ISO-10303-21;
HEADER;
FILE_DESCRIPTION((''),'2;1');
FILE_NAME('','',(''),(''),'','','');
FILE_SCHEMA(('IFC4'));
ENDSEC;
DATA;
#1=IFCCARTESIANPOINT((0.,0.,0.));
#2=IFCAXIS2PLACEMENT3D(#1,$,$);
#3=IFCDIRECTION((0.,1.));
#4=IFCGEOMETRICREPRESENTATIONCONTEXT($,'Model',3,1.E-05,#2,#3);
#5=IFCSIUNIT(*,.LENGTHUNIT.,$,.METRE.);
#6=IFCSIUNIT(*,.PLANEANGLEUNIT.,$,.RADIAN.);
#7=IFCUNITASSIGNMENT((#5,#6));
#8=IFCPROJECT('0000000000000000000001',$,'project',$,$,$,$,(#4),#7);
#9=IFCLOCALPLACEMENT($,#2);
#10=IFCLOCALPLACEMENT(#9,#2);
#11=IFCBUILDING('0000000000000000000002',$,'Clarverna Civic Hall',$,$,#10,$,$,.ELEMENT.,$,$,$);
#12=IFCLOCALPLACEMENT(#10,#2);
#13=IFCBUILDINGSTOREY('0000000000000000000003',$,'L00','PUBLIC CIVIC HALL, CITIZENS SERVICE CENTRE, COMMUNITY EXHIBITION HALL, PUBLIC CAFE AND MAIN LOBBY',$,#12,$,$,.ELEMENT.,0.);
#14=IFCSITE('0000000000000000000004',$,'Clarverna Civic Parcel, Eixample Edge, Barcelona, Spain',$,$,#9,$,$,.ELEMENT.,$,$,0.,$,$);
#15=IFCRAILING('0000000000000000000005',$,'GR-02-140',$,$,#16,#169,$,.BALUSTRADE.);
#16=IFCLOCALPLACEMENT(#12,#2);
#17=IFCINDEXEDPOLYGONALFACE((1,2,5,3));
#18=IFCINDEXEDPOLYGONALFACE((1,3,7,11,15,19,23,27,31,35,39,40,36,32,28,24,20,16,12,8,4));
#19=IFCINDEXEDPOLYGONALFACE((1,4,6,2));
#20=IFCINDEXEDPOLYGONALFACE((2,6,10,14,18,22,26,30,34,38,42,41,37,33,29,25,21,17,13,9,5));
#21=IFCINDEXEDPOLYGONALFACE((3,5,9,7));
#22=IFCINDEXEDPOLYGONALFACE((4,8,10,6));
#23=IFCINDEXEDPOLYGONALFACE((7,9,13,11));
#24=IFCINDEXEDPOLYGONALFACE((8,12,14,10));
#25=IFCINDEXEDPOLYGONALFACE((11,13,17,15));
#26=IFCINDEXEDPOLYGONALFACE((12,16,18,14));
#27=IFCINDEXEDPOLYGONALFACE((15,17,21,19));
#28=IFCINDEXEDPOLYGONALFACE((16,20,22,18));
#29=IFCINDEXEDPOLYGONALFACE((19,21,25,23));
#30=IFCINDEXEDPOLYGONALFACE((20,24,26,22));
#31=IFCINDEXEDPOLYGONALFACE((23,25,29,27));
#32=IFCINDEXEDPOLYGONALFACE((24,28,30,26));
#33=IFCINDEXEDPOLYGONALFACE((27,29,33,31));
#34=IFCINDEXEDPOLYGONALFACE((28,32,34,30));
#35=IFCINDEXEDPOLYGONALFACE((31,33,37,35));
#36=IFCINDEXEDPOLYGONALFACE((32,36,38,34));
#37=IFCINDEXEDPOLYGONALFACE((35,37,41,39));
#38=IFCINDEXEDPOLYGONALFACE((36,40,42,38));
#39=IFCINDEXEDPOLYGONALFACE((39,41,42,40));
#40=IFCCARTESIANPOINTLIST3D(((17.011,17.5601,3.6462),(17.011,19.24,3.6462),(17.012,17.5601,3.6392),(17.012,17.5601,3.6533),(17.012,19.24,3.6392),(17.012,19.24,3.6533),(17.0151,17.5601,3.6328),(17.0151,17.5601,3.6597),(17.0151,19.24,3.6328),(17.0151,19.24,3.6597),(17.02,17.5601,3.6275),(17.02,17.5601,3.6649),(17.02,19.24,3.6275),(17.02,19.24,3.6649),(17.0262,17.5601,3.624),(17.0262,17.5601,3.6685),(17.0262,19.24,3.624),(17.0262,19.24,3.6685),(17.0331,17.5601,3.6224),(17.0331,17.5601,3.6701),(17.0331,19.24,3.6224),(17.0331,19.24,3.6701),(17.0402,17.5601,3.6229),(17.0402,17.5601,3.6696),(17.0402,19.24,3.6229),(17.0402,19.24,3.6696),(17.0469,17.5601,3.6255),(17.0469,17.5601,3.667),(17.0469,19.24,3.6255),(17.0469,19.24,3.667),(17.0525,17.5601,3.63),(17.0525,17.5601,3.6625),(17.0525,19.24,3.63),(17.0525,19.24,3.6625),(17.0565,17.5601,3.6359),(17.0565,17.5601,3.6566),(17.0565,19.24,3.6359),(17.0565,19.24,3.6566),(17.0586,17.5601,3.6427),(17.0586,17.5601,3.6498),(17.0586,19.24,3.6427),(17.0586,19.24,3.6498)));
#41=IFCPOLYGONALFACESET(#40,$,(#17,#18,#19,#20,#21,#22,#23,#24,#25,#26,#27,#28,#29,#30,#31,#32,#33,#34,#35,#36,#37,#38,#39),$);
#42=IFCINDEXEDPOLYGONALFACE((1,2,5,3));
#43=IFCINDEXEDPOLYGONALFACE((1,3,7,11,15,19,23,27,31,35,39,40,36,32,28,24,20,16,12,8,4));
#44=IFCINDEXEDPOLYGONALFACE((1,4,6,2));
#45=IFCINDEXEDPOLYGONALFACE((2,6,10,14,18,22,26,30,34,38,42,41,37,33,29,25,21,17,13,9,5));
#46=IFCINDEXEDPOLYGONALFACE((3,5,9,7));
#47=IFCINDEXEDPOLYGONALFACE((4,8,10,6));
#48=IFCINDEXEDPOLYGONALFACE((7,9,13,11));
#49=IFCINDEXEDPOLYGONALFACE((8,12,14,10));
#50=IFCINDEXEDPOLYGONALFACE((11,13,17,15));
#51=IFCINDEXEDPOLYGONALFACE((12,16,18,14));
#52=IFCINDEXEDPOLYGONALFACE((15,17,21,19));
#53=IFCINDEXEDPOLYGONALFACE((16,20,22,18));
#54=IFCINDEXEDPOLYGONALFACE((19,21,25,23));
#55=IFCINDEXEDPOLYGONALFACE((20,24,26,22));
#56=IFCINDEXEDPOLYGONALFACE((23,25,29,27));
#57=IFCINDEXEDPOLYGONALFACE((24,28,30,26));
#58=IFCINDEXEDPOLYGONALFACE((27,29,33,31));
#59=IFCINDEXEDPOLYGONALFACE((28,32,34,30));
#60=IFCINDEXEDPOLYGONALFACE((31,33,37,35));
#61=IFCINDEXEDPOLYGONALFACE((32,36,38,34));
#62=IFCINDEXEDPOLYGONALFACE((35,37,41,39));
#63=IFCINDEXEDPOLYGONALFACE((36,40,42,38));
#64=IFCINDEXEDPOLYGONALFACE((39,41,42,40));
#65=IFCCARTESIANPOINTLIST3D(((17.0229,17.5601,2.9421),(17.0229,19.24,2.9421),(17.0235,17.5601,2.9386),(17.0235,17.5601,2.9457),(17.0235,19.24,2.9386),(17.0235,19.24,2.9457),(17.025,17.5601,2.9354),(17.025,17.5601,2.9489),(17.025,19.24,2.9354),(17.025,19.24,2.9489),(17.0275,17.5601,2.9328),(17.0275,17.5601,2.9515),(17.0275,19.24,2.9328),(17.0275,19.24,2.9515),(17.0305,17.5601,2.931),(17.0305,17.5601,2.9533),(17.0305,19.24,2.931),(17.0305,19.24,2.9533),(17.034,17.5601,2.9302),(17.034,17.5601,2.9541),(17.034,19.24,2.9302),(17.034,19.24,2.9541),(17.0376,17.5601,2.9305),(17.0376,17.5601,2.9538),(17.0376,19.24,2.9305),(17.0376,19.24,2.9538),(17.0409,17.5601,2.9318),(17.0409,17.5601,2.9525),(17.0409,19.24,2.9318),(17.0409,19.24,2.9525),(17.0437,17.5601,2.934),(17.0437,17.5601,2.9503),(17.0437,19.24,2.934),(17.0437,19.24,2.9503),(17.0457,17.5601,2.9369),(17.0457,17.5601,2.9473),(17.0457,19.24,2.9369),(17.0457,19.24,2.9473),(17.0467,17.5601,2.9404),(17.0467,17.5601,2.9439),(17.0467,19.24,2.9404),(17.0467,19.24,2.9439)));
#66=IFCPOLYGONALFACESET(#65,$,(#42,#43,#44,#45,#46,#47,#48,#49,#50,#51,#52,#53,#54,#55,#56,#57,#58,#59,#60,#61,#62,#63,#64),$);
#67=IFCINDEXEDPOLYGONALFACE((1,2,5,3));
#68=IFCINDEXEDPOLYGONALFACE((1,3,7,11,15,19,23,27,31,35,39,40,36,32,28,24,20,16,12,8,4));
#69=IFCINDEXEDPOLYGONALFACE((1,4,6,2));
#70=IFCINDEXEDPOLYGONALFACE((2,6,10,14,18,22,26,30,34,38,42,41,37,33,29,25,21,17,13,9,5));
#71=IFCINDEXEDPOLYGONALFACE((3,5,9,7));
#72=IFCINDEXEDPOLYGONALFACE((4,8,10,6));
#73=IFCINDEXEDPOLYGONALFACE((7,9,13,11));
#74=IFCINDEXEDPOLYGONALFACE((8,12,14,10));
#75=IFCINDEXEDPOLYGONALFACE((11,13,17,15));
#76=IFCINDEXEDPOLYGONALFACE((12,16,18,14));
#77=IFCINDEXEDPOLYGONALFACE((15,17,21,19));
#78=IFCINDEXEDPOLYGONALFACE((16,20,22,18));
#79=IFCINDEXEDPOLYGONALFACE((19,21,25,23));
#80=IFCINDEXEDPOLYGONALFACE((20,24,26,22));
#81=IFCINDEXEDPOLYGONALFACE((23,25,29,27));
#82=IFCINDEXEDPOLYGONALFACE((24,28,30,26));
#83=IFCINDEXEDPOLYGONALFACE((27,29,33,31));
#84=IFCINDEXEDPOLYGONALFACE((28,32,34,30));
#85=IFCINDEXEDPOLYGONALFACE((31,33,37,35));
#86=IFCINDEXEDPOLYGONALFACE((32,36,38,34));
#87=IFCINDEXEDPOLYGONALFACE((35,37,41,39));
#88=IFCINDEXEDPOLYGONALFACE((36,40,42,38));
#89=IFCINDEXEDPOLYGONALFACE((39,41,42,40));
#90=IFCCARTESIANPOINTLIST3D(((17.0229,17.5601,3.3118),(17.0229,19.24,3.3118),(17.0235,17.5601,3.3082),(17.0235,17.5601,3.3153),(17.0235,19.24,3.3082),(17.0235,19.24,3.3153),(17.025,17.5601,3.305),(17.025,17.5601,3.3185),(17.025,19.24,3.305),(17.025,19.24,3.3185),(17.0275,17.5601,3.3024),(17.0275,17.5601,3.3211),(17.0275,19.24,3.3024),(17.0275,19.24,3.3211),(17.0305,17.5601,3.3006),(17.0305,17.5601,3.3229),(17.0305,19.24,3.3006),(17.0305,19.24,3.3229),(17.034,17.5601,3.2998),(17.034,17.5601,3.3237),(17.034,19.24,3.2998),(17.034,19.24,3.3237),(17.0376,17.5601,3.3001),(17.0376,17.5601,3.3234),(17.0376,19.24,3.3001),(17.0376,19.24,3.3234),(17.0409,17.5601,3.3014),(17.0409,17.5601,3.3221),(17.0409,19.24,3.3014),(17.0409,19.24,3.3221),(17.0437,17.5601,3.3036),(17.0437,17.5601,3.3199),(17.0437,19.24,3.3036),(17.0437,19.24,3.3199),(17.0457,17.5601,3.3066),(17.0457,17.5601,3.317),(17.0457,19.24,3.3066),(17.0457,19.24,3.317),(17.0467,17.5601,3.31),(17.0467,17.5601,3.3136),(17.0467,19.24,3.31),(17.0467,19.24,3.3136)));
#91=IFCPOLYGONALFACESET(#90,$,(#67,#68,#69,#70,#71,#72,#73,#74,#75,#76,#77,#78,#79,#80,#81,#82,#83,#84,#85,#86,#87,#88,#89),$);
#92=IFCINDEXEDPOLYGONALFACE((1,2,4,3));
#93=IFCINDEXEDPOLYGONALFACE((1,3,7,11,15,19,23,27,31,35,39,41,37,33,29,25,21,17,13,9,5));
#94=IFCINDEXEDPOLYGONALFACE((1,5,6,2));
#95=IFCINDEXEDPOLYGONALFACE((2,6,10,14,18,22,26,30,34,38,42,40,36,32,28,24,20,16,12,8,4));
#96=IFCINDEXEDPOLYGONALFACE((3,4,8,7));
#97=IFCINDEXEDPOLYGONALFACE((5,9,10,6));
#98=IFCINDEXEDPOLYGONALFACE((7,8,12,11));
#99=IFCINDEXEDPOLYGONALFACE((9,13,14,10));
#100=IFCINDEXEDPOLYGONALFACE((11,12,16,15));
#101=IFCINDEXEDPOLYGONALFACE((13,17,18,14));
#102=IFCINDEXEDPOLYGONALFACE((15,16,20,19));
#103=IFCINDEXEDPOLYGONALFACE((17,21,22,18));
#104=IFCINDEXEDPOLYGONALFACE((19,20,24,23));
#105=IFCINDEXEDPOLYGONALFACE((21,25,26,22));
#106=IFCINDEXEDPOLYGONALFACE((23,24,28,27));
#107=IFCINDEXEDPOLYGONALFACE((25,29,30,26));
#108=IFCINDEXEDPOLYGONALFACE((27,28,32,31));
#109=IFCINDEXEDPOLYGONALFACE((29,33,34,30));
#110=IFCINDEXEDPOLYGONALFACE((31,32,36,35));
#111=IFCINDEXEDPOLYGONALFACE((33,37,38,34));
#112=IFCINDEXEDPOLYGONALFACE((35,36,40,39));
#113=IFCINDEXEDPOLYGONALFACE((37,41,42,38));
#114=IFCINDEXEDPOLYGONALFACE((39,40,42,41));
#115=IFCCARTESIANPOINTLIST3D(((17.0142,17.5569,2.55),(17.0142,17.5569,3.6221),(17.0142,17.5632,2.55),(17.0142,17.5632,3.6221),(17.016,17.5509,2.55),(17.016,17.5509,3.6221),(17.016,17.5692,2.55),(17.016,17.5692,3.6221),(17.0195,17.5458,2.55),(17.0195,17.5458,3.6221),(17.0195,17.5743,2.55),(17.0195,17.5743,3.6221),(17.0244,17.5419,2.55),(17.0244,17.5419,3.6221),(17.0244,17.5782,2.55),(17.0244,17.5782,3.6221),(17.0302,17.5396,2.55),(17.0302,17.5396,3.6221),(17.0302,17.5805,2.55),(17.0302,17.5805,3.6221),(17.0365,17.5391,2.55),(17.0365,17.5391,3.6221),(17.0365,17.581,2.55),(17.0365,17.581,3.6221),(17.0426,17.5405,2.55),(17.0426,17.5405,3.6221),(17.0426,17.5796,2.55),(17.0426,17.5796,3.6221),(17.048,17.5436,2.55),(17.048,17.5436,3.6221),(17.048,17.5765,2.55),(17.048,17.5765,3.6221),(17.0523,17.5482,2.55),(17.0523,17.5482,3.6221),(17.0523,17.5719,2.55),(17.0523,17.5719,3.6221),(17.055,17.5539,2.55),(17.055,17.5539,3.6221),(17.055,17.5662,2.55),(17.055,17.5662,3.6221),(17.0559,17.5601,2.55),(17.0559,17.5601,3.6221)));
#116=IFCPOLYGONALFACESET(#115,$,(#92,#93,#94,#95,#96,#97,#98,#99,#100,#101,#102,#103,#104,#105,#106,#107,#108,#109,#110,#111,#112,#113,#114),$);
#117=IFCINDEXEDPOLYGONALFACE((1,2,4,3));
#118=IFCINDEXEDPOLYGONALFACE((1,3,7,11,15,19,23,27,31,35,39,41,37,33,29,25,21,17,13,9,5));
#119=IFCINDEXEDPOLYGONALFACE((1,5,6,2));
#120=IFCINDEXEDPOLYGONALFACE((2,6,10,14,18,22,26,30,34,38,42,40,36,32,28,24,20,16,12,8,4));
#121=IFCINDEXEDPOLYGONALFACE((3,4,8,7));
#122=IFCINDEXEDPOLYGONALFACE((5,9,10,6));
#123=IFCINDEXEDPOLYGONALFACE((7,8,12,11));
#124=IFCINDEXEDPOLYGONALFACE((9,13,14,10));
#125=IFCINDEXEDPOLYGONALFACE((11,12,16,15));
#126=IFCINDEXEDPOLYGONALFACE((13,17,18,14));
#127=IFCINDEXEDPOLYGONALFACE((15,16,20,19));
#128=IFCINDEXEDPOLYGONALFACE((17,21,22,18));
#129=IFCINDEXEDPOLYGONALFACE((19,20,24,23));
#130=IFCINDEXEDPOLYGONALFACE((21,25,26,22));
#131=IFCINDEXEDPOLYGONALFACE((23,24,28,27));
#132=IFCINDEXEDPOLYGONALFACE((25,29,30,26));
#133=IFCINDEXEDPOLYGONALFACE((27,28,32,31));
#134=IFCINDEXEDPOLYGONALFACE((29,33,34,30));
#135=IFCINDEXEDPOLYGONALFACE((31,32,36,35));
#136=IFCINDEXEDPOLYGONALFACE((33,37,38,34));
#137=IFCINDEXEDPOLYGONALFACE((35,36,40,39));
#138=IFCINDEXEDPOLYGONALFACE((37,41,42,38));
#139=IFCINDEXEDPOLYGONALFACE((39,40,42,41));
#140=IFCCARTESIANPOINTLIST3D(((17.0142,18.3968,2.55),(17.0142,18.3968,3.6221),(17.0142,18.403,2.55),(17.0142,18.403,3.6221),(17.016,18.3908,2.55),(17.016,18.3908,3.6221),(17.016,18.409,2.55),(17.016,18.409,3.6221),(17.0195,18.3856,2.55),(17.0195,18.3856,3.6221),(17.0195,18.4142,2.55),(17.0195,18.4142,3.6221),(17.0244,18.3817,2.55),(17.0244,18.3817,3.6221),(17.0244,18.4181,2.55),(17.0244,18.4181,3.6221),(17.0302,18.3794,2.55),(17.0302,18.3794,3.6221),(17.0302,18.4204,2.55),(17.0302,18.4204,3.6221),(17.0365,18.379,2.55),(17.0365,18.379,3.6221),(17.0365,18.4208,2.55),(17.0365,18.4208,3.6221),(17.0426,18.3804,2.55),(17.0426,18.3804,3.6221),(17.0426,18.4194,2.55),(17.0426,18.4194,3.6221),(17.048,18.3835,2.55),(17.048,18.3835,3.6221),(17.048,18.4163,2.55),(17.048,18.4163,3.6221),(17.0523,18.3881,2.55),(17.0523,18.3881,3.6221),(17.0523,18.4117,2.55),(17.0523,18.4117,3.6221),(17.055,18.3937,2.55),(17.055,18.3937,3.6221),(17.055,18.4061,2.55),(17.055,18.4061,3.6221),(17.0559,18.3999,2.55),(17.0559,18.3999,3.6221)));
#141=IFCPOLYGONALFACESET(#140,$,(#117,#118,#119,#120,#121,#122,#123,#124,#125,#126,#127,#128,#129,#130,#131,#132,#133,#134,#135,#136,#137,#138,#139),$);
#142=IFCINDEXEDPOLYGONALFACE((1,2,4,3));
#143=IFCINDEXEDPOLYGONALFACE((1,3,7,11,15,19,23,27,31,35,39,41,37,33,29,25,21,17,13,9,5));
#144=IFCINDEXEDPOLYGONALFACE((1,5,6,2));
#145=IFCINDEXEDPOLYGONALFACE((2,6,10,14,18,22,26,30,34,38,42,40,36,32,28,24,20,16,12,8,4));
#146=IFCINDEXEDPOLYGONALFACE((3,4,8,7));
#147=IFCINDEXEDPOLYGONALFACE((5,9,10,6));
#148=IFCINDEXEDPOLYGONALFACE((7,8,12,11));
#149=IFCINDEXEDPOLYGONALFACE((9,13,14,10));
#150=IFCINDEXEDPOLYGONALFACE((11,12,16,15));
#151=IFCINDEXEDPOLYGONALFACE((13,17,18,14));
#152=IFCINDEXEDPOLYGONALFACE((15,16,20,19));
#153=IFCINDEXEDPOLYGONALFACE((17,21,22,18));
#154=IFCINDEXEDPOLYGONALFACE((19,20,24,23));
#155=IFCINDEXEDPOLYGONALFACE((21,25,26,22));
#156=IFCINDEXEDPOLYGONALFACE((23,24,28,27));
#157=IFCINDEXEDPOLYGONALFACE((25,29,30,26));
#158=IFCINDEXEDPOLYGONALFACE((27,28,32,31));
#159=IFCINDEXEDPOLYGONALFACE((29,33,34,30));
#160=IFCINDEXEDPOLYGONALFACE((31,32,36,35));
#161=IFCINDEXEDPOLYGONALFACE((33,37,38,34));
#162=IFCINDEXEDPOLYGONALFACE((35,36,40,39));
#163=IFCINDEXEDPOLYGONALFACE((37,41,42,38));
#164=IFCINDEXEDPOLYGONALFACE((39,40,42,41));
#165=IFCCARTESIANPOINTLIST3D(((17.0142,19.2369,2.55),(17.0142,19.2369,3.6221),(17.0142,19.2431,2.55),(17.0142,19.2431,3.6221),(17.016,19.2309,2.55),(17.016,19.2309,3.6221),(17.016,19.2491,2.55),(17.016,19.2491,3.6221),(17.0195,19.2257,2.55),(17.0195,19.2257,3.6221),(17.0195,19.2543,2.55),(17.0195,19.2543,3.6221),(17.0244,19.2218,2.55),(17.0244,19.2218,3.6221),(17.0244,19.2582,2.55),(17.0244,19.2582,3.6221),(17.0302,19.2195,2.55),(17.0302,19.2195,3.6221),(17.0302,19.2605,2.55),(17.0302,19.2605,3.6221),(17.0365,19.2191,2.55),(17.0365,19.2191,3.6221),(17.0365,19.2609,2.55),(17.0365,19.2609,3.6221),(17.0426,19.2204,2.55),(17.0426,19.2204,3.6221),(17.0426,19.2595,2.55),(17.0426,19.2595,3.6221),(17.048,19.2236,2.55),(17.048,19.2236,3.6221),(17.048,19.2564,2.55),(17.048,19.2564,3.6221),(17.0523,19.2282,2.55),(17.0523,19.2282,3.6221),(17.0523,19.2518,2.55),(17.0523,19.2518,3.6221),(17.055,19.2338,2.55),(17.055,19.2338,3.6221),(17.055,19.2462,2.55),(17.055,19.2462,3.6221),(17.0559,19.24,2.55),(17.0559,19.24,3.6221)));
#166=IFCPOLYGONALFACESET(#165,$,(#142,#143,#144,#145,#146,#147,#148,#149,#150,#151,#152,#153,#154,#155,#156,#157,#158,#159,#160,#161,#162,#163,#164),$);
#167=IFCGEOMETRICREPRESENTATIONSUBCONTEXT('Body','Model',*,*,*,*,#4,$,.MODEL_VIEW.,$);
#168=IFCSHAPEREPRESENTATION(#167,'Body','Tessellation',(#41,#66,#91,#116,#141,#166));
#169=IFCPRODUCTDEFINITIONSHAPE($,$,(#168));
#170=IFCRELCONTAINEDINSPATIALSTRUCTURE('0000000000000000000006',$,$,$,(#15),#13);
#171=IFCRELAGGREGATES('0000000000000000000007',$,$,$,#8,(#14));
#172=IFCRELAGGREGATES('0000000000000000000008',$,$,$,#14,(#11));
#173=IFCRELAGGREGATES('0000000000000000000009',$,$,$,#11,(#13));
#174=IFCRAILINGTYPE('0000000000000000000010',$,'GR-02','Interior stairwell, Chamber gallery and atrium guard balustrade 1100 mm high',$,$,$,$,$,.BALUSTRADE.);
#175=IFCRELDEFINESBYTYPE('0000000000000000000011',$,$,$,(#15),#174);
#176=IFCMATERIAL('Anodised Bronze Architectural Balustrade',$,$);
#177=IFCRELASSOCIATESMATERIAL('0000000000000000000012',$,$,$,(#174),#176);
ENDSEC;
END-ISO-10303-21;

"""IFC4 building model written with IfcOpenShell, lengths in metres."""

from ifc_helpers import new_model, si_unit, direction, frame, origin, origin_2d, place, context, subcontext, project, spatial, circle, extrude, material, type_object, element, save


model = new_model("IFC4")

# Units and contexts
model_context = context("Model", 3, precision=1e-05, world=origin(), true_north=direction((0.0, 1.0)))
body_context = subcontext(model_context, "Body", "Model", "MODEL_VIEW")
ifc_project = project(units=[si_unit("LENGTHUNIT", "METRE"), si_unit("PLANEANGLEUNIT", "RADIAN")], contexts=[model_context])

# Site, building, storey
site_placement = place(None, origin())
site = spatial("IfcSite", under=ifc_project, at=site_placement, Name="Clarverna Civic Parcel, Eixample Edge, Barcelona, Spain", CompositionType="ELEMENT", RefElevation=0.0)
building_placement = place(site_placement, origin())
building = spatial("IfcBuilding", under=site, at=building_placement, Name="Clarverna Civic Hall", CompositionType="ELEMENT")
storey_placement = place(building_placement, origin())
storey = spatial("IfcBuildingStorey", under=building, at=storey_placement, Name="L00", Description="PUBLIC CIVIC HALL, CITIZENS SERVICE CENTRE, COMMUNITY EXHIBITION HALL, PUBLIC CAFE AND MAIN LOBBY", CompositionType="ELEMENT", Elevation=0.0)

# Railing
ifc_material_1 = material(Name="Anodised Bronze Architectural Balustrade")
railing_type_1 = type_object("IfcRailingType", Name="GR-02", Description="Interior stairwell, Chamber gallery and atrium guard balustrade 1100 mm high", PredefinedType="BALUSTRADE", material=ifc_material_1)
railing_1_placement = place(storey_placement, frame((17.0349, 17.5601, 2.55)))
element("IfcRailing", 1, at=railing_1_placement, inside=storey, type_object=railing_type_1, Name="GR-02-140", PredefinedType="BALUSTRADE", context=body_context, shape_type="SweptSolid", body=[
    extrude(circle(Radius=0.0239, at=origin_2d()), frame((0.0, 0.0, 1.0962), z_axis=(0.0, 1.0, 0.0), x_axis=(-1.0, 0.0, 0.0)), (0.0, 0.0, 1.0), 1.6799),
    extrude(circle(Radius=0.012, at=origin_2d()), frame((0.0, 0.0, 0.3921), z_axis=(0.0, 1.0, 0.0), x_axis=(-1.0, 0.0, 0.0)), (0.0, 0.0, 1.0), 1.6799),
    extrude(circle(Radius=0.012, at=origin_2d()), frame((0.0, 0.0, 0.7617), z_axis=(0.0, 1.0, 0.0), x_axis=(-1.0, 0.0, 0.0)), (0.0, 0.0, 1.0), 1.6799),
    extrude(circle(Radius=0.021, at=origin_2d()), origin(), (0.0, 0.0, 1.0), 1.072),
    extrude(circle(Radius=0.021, at=origin_2d()), frame((0.0, 0.8398, 0.0)), (0.0, 0.0, 1.0), 1.072),
    extrude(circle(Radius=0.021, at=origin_2d()), frame((0.0, 1.6799, 0.0)), (0.0, 0.0, 1.0), 1.072),
])

save(model, "model.ifc")
